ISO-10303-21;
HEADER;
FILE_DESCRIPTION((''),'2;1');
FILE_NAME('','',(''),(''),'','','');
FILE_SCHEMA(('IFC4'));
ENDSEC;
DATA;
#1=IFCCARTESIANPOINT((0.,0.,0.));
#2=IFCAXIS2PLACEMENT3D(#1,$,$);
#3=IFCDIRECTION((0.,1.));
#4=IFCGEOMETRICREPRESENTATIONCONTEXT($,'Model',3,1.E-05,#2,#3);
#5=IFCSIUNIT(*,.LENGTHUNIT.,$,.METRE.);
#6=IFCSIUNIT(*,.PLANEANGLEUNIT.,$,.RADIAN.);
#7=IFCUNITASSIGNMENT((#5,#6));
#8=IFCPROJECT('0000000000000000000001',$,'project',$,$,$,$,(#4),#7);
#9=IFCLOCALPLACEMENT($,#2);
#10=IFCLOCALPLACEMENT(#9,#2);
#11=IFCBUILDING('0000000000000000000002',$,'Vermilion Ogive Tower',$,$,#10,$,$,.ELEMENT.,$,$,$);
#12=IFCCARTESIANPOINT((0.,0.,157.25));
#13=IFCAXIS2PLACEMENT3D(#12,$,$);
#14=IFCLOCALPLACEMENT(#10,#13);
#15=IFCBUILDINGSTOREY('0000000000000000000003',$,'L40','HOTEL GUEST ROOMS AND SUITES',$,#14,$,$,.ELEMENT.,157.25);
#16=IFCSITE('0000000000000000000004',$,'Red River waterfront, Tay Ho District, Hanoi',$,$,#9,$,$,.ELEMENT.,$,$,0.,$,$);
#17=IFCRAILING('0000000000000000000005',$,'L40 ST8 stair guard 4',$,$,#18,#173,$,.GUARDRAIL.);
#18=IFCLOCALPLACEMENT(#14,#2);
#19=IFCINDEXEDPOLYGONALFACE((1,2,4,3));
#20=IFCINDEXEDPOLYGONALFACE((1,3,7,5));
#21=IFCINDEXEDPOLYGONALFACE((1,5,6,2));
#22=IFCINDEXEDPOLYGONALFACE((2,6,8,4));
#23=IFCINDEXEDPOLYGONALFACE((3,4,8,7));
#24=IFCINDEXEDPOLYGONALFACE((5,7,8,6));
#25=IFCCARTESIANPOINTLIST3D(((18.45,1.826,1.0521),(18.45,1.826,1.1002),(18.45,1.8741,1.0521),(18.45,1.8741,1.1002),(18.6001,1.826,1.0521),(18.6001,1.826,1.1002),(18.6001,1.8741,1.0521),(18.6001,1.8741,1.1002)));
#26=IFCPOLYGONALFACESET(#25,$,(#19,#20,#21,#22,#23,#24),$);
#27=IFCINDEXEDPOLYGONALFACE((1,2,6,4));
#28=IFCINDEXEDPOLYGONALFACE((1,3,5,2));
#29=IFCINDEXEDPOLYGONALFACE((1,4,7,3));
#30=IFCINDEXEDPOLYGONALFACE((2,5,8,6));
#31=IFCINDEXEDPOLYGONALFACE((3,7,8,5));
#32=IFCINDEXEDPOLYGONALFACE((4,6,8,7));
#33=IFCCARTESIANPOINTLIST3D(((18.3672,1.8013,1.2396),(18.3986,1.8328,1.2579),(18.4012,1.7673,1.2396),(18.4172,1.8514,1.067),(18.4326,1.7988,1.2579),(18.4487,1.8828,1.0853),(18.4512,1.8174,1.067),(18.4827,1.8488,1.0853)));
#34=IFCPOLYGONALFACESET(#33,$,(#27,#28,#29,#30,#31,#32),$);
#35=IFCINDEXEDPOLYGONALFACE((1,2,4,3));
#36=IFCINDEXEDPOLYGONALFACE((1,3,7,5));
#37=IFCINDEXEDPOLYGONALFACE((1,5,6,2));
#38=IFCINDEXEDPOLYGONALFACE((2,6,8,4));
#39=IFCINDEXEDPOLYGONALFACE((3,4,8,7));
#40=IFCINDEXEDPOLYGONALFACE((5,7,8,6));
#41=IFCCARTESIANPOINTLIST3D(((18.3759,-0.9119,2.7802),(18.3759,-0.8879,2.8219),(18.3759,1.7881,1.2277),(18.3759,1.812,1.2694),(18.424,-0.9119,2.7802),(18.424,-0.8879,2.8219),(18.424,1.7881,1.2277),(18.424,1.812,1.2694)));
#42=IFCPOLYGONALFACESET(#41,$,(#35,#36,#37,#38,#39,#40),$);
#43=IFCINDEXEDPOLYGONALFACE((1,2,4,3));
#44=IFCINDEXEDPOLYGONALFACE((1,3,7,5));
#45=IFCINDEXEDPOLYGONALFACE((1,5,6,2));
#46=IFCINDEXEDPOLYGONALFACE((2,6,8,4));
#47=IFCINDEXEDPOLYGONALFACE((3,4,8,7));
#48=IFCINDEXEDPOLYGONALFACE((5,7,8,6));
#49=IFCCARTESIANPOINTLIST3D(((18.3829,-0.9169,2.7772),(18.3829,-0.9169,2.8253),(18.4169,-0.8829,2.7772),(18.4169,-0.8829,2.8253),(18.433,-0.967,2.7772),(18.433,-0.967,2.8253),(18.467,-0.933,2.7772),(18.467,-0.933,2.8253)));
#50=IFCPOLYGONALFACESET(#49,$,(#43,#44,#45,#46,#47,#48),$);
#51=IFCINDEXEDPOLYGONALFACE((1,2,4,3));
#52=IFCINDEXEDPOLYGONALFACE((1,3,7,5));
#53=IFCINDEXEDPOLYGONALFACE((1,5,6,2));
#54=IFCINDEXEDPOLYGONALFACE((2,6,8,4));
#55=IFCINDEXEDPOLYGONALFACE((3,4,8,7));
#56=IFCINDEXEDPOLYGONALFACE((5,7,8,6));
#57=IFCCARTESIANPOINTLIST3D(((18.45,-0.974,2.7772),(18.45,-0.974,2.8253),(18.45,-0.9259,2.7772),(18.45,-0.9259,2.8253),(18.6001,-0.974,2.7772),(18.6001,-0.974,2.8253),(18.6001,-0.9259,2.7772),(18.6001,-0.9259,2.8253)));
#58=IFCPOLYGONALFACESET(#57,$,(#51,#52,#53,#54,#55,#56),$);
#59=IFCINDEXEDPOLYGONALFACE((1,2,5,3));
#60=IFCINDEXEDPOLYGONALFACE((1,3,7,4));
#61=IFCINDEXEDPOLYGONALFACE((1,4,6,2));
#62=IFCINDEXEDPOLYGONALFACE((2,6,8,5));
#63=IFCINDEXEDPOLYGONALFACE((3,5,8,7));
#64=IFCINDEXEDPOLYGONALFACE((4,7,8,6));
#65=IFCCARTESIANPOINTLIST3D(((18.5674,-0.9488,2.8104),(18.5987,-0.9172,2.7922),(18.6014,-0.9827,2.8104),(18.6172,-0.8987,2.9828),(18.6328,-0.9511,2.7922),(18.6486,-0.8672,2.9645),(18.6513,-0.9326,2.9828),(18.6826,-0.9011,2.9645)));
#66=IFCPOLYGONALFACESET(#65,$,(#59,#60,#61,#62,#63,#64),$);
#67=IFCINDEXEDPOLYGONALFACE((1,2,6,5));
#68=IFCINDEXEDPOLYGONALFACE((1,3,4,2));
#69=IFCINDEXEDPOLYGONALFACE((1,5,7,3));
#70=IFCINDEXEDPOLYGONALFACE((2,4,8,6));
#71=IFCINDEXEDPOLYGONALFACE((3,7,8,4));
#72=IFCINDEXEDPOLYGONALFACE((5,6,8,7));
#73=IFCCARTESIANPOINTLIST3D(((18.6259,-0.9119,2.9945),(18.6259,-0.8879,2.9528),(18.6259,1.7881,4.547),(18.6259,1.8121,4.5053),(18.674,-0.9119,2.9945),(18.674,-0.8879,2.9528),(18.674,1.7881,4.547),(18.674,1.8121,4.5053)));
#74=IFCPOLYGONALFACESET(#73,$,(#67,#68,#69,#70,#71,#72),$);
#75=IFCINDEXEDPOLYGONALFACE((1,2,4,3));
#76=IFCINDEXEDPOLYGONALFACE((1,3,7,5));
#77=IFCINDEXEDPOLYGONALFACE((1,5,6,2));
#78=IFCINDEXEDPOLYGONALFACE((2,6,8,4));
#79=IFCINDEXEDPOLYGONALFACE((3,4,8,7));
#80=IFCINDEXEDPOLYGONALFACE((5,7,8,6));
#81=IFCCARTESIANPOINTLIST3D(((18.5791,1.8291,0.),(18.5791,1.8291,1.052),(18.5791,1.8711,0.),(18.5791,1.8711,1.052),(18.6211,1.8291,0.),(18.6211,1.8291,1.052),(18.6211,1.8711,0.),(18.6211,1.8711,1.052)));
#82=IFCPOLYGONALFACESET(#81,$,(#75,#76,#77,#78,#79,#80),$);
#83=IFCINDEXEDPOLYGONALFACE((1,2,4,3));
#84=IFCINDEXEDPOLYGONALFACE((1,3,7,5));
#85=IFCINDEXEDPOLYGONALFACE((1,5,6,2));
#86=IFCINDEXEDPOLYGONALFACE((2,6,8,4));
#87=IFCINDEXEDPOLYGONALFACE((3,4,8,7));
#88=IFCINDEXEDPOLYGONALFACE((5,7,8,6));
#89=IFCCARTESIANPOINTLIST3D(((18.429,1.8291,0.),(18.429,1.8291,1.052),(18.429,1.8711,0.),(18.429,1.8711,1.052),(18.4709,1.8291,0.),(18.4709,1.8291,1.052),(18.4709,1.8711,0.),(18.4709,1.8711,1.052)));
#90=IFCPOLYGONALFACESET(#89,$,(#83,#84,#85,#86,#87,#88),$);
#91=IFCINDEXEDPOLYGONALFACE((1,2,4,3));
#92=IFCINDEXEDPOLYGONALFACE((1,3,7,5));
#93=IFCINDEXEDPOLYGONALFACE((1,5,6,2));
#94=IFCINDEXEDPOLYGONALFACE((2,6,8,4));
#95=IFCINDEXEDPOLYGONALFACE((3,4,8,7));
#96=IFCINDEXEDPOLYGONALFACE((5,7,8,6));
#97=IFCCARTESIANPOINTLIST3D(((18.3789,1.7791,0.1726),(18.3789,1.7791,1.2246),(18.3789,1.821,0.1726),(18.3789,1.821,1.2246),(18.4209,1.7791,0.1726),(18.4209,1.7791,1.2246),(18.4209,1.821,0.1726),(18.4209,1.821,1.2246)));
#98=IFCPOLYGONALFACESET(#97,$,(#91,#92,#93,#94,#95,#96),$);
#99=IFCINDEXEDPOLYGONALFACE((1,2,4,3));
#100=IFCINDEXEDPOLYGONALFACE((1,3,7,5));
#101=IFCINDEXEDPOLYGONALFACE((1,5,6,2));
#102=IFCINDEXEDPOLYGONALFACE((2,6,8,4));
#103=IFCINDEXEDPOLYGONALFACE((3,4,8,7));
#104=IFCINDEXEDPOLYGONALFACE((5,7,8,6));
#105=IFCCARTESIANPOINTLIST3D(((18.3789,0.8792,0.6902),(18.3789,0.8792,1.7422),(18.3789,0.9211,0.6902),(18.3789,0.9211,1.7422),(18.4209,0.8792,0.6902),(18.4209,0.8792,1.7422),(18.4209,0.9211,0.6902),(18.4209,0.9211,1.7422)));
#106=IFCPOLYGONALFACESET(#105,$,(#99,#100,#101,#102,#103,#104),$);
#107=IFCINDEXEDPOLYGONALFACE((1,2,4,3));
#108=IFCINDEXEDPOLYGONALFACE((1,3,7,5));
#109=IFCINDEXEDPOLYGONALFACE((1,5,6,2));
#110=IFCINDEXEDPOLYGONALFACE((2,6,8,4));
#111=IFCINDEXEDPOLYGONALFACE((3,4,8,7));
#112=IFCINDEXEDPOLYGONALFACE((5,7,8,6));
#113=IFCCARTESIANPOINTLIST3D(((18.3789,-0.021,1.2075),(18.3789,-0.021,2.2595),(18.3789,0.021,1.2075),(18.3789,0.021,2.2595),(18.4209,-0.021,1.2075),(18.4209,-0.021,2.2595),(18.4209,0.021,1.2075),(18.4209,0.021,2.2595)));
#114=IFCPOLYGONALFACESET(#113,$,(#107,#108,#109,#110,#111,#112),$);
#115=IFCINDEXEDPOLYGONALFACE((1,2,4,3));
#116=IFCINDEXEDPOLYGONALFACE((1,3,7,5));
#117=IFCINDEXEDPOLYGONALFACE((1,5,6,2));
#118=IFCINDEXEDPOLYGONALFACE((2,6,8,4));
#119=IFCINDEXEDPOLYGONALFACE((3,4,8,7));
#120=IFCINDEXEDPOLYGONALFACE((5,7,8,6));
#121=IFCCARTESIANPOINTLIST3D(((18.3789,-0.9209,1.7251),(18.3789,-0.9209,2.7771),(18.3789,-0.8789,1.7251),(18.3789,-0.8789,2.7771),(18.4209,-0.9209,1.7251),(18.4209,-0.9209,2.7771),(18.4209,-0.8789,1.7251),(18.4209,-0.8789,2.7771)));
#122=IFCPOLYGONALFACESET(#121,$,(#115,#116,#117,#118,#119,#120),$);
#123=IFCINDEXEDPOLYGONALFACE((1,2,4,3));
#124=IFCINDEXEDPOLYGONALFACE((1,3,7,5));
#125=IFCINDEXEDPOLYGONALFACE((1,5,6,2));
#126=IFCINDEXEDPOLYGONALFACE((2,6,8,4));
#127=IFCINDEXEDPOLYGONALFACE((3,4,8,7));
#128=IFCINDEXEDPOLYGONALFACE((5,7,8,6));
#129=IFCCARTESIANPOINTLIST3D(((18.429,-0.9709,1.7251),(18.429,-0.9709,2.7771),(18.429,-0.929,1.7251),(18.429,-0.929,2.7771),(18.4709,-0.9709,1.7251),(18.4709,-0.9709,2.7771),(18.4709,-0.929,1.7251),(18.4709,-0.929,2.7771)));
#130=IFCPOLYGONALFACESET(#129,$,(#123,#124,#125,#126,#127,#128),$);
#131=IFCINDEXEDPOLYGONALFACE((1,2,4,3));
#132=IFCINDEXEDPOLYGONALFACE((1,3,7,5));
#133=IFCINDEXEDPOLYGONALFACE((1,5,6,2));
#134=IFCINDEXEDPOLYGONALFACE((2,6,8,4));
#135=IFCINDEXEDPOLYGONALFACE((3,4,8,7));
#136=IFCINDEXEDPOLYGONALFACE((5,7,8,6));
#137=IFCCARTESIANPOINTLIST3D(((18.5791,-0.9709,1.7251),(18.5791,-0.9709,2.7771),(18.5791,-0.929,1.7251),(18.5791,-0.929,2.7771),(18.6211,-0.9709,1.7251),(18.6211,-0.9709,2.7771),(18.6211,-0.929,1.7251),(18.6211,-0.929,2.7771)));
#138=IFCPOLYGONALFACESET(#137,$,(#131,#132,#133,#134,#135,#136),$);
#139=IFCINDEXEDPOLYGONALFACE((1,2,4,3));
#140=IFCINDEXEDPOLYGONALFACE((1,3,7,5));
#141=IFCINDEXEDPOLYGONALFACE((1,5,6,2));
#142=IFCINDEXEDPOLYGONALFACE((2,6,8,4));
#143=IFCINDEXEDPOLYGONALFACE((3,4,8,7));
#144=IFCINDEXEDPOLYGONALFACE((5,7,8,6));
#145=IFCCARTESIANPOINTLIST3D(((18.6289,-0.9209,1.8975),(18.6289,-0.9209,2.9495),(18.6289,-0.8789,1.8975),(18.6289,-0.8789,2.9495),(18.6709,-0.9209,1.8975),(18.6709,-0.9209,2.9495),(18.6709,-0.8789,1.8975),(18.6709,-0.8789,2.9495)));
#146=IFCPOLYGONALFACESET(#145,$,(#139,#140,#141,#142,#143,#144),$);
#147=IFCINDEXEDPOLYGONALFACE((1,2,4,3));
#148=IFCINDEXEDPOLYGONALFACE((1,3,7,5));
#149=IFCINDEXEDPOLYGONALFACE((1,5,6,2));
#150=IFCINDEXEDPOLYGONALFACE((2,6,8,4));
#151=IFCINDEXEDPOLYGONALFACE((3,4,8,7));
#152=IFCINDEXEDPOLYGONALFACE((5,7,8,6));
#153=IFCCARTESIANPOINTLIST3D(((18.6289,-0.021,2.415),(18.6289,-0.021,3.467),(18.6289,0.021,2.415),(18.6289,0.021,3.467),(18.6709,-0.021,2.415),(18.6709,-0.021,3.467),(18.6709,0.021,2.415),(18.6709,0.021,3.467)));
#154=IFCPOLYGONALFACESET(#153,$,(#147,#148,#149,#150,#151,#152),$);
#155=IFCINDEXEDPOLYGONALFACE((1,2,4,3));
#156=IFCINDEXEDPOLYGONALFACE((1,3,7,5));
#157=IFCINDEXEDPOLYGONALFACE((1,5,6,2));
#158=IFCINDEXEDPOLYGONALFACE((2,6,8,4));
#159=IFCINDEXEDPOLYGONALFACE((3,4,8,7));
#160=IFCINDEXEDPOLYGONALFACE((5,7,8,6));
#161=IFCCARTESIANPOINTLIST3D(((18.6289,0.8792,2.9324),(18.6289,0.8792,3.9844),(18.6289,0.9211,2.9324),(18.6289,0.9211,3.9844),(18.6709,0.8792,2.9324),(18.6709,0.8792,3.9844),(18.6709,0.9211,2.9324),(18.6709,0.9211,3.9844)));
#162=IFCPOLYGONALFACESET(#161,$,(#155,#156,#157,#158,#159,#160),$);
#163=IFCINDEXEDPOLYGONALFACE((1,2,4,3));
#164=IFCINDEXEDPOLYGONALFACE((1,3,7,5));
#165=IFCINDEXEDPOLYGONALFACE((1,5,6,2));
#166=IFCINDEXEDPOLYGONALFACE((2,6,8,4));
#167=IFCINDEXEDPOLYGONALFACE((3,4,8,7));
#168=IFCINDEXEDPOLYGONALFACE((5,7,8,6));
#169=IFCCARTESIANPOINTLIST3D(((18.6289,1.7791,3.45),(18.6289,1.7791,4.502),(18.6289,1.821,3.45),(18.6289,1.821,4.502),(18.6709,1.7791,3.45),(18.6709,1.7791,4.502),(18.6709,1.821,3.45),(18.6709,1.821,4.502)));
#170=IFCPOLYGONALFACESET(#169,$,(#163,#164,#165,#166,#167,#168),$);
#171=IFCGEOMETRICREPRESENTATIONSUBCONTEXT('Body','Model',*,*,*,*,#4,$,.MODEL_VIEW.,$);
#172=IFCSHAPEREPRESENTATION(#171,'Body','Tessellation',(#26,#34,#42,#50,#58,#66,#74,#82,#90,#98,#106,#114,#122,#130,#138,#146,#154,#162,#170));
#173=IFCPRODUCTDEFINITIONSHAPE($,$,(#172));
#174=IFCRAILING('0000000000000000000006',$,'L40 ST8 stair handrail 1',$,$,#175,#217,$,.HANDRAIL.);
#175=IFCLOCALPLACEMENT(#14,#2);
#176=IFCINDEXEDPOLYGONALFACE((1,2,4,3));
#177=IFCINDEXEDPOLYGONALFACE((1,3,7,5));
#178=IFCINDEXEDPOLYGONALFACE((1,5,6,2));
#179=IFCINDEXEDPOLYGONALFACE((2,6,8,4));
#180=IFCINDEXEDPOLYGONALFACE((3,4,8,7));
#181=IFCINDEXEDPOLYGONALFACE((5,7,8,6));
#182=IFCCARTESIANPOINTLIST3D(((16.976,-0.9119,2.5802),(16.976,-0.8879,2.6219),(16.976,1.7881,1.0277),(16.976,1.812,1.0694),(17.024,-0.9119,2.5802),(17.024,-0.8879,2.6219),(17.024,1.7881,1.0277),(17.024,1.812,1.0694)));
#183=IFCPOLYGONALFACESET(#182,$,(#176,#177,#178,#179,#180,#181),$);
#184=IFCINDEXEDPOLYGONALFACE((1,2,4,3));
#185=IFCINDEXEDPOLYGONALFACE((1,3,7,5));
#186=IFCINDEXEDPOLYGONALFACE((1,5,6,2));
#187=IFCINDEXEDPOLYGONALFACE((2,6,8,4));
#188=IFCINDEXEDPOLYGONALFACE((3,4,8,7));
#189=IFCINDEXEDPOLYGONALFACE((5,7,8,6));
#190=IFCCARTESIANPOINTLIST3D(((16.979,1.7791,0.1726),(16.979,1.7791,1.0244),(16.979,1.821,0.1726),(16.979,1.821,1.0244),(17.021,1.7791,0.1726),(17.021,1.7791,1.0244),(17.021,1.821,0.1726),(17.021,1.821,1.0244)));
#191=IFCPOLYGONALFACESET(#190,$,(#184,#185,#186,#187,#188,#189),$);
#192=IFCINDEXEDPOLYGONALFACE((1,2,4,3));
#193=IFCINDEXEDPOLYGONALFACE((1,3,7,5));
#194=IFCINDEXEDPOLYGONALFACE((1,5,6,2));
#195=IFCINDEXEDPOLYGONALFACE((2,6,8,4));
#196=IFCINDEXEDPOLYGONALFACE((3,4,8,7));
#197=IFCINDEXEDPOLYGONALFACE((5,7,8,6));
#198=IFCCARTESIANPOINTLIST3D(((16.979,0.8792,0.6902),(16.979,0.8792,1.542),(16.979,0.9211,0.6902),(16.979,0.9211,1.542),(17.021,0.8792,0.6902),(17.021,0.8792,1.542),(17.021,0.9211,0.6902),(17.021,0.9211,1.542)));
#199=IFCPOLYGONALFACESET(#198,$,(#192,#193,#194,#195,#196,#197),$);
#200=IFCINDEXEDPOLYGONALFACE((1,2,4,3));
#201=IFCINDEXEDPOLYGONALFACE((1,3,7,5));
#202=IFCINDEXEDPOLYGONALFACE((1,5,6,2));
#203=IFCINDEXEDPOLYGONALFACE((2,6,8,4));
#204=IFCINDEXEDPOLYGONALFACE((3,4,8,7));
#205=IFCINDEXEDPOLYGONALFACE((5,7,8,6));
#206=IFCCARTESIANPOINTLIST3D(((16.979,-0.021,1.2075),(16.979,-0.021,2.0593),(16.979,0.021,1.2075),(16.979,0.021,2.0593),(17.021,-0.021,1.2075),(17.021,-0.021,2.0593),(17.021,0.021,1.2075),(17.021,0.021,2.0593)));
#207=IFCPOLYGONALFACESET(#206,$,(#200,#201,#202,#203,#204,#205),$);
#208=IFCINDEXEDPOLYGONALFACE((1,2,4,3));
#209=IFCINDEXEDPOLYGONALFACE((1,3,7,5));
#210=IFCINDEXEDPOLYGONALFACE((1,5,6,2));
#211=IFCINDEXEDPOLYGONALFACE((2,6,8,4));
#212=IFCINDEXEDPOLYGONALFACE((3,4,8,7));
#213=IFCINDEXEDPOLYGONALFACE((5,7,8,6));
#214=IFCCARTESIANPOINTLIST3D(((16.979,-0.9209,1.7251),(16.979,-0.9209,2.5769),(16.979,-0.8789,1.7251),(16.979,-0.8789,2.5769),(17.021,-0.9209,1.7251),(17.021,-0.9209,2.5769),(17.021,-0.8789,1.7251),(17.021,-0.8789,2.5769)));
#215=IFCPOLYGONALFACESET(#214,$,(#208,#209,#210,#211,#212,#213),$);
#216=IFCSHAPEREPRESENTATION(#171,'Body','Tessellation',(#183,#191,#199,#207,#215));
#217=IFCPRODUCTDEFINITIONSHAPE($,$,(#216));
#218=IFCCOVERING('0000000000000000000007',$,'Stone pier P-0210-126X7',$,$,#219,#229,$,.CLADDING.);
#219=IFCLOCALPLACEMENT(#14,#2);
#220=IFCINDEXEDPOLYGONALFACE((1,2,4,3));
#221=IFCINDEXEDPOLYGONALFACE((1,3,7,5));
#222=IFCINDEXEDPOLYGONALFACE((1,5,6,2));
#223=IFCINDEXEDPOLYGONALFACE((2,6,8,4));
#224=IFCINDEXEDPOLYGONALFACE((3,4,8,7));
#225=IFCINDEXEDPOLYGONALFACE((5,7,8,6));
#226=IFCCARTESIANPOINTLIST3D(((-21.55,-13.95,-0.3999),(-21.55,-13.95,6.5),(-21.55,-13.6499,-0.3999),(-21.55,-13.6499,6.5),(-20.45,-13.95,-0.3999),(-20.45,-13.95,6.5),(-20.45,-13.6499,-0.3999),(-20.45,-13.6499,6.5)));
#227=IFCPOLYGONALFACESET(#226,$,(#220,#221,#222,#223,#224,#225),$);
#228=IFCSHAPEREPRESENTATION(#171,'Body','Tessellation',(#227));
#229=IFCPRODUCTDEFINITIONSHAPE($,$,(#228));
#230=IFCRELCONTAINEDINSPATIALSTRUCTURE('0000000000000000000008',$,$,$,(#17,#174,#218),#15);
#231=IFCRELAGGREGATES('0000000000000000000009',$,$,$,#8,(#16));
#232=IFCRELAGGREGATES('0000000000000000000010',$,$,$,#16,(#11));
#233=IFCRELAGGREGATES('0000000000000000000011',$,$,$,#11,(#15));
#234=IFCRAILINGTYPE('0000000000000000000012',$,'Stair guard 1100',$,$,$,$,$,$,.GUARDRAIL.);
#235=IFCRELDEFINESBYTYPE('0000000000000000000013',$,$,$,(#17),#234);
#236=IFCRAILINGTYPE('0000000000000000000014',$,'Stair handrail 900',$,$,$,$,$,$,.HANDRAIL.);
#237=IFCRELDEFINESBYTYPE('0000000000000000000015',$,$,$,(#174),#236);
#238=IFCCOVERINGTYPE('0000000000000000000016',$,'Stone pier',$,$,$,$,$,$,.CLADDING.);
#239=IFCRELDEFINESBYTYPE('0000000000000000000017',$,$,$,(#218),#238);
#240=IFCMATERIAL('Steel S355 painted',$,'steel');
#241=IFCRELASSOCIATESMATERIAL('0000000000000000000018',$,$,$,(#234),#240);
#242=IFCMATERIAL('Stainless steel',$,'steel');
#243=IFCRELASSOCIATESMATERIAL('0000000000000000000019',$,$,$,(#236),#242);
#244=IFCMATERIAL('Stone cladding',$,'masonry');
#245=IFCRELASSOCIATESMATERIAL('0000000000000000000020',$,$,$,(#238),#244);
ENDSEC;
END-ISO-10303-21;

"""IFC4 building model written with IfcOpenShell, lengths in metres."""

from ifc_helpers import new_model, si_unit, direction, frame, origin, origin_2d, place, context, subcontext, project, spatial, polyline, rectangle, outline, extrude, material, type_object, element, save


model = new_model("IFC4")

# Units and contexts
model_context = context("Model", 3, precision=1e-05, world=origin(), true_north=direction((0.0, 1.0)))
body_context = subcontext(model_context, "Body", "Model", "MODEL_VIEW")
ifc_project = project(units=[si_unit("LENGTHUNIT", "METRE"), si_unit("PLANEANGLEUNIT", "RADIAN")], contexts=[model_context])

# Site, building, storey
site_placement = place(None, origin())
site = spatial("IfcSite", under=ifc_project, at=site_placement, Name="Red River waterfront, Tay Ho District, Hanoi", CompositionType="ELEMENT", RefElevation=0.0)
building_placement = place(site_placement, origin())
building = spatial("IfcBuilding", under=site, at=building_placement, Name="Vermilion Ogive Tower", CompositionType="ELEMENT")
storey_placement = place(building_placement, frame((0.0, 0.0, 157.25)))
storey = spatial("IfcBuildingStorey", under=building, at=storey_placement, Name="L40", Description="HOTEL GUEST ROOMS AND SUITES", CompositionType="ELEMENT", Elevation=157.25)

# Railings
ifc_material_1 = material(Name="Steel S355 painted", Category="steel")
railing_type_1 = type_object("IfcRailingType", Name="Stair guard 1100", PredefinedType="GUARDRAIL", material=ifc_material_1)
railing_1_placement = place(storey_placement, frame((18.6001, 1.8501, 0.0)))
element("IfcRailing", 1, at=railing_1_placement, inside=storey, type_object=railing_type_1, Name="L40 ST8 stair guard 4", PredefinedType="GUARDRAIL", context=body_context, shape_type="SweptSolid", body=[
    extrude(rectangle(XDim=0.0481, YDim=0.0481, at=origin_2d()), frame((0.0, 0.0, 1.0762), z_axis=(-1.0, 0.0, 0.0), x_axis=(0.0, -1.0, 0.0)), (0.0, 0.0, 1.0), 0.1501),
    extrude(rectangle(XDim=0.0481, YDim=0.0481, at=origin_2d()), frame((-0.1501, 0.0, 1.0762), z_axis=(-0.268278, -0.268278, 0.925232), x_axis=(0.707107, -0.707107, 0.0)), (0.0, 0.0, 1.0), 0.1865),
    extrude(rectangle(XDim=0.0481, YDim=0.0481, at=origin_2d()), frame((-0.2002, -0.05, 1.2485), z_axis=(0.0, -0.866904, 0.498476), x_axis=(1.0, 0.0, 0.0)), (0.0, 0.0, 1.0), 3.1145),
    extrude(rectangle(XDim=0.0481, YDim=0.0481, at=origin_2d()), frame((-0.2002, -2.75, 2.8013), z_axis=(0.707107, -0.707107, 0.0), x_axis=(0.707107, 0.707107, 0.0)), (0.0, 0.0, 1.0), 0.0708),
    extrude(rectangle(XDim=0.0481, YDim=0.0481, at=origin_2d()), frame((-0.1501, -2.8, 2.8013), z_axis=(1.0, 0.0, 0.0), x_axis=(0.0, 1.0, 0.0)), (0.0, 0.0, 1.0), 0.1501),
    extrude(rectangle(XDim=0.0481, YDim=0.0481, at=origin_2d()), frame((0.0, -2.8, 2.8013), z_axis=(0.267387, 0.268698, 0.925368), x_axis=(-0.708834, 0.705376, 0.0)), (0.0, 0.0, 1.0), 0.1863),
    extrude(rectangle(XDim=0.0481, YDim=0.0481, at=origin_2d()), frame((0.0498, -2.75, 2.9736), z_axis=(0.0, 0.866904, 0.498476), x_axis=(-1.0, 0.0, 0.0)), (0.0, 0.0, 1.0), 3.1145),
    extrude(rectangle(XDim=0.042, YDim=0.042, at=origin_2d()), origin(), (0.0, 0.0, 1.0), 1.052),
    extrude(rectangle(XDim=0.042, YDim=0.042, at=origin_2d()), frame((-0.1501, 0.0, 0.0)), (0.0, 0.0, 1.0), 1.052),
    extrude(rectangle(XDim=0.042, YDim=0.042, at=origin_2d()), frame((-0.2002, -0.05, 0.1726)), (0.0, 0.0, 1.0), 1.052),
    extrude(rectangle(XDim=0.042, YDim=0.042, at=origin_2d()), frame((-0.2002, -0.95, 0.6902)), (0.0, 0.0, 1.0), 1.052),
    extrude(rectangle(XDim=0.042, YDim=0.042, at=origin_2d()), frame((-0.2002, -1.8501, 1.2075)), (0.0, 0.0, 1.0), 1.052),
    extrude(rectangle(XDim=0.042, YDim=0.042, at=origin_2d()), frame((-0.2002, -2.75, 1.7251)), (0.0, 0.0, 1.0), 1.052),
    extrude(rectangle(XDim=0.042, YDim=0.042, at=origin_2d()), frame((-0.1501, -2.8, 1.7251)), (0.0, 0.0, 1.0), 1.052),
    extrude(rectangle(XDim=0.042, YDim=0.042, at=origin_2d()), frame((0.0, -2.8, 1.7251)), (0.0, 0.0, 1.0), 1.052),
    extrude(rectangle(XDim=0.042, YDim=0.042, at=origin_2d()), frame((0.0498, -2.75, 1.8975)), (0.0, 0.0, 1.0), 1.052),
    extrude(rectangle(XDim=0.042, YDim=0.042, at=origin_2d()), frame((0.0498, -1.8501, 2.415)), (0.0, 0.0, 1.0), 1.052),
    extrude(rectangle(XDim=0.042, YDim=0.042, at=origin_2d()), frame((0.0498, -0.95, 2.9324)), (0.0, 0.0, 1.0), 1.052),
    extrude(rectangle(XDim=0.042, YDim=0.042, at=origin_2d()), frame((0.0498, -0.05, 3.45)), (0.0, 0.0, 1.0), 1.052),
])
ifc_material_2 = material(Name="Stainless steel", Category="steel")
railing_type_2 = type_object("IfcRailingType", Name="Stair handrail 900", PredefinedType="HANDRAIL", material=ifc_material_2)
railing_2_placement = place(storey_placement, frame((17.0, 1.8, 0.1726)))
element("IfcRailing", 2, at=railing_2_placement, inside=storey, type_object=railing_type_2, Name="L40 ST8 stair handrail 1", PredefinedType="HANDRAIL", context=body_context, shape_type="SweptSolid", body=[
    extrude(rectangle(XDim=0.0481, YDim=0.0481, at=origin_2d()), frame((0.0, 0.0, 0.876), z_axis=(0.0, -0.866904, 0.498476), x_axis=(1.0, 0.0, 0.0)), (0.0, 0.0, 1.0), 3.1145),
    extrude(rectangle(XDim=0.042, YDim=0.042, at=origin_2d()), origin(), (0.0, 0.0, 1.0), 0.8518),
    extrude(rectangle(XDim=0.042, YDim=0.042, at=origin_2d()), frame((0.0, -0.8999, 0.5176)), (0.0, 0.0, 1.0), 0.8518),
    extrude(rectangle(XDim=0.042, YDim=0.042, at=origin_2d()), frame((0.0, -1.8, 1.0349)), (0.0, 0.0, 1.0), 0.8518),
    extrude(rectangle(XDim=0.042, YDim=0.042, at=origin_2d()), frame((0.0, -2.7, 1.5525)), (0.0, 0.0, 1.0), 0.8518),
])

# Covering
ifc_material_3 = material(Name="Stone cladding", Category="masonry")
covering_type = type_object("IfcCoveringType", Name="Stone pier", PredefinedType="CLADDING", material=ifc_material_3)
covering_placement = place(storey_placement, frame((0.0, 0.0, -0.3999)))
element("IfcCovering", 3, at=covering_placement, inside=storey, type_object=covering_type, Name="Stone pier P-0210-126X7", PredefinedType="CLADDING", context=body_context, shape_type="SweptSolid", body=[
    extrude(outline(polyline([(-21.55, -13.95), (-21.55, -13.6499), (-20.45, -13.6499), (-20.45, -13.95), (-21.55, -13.95)])), origin(), (0.0, 0.0, 1.0), 6.8999),
])

save(model, "model.ifc")
